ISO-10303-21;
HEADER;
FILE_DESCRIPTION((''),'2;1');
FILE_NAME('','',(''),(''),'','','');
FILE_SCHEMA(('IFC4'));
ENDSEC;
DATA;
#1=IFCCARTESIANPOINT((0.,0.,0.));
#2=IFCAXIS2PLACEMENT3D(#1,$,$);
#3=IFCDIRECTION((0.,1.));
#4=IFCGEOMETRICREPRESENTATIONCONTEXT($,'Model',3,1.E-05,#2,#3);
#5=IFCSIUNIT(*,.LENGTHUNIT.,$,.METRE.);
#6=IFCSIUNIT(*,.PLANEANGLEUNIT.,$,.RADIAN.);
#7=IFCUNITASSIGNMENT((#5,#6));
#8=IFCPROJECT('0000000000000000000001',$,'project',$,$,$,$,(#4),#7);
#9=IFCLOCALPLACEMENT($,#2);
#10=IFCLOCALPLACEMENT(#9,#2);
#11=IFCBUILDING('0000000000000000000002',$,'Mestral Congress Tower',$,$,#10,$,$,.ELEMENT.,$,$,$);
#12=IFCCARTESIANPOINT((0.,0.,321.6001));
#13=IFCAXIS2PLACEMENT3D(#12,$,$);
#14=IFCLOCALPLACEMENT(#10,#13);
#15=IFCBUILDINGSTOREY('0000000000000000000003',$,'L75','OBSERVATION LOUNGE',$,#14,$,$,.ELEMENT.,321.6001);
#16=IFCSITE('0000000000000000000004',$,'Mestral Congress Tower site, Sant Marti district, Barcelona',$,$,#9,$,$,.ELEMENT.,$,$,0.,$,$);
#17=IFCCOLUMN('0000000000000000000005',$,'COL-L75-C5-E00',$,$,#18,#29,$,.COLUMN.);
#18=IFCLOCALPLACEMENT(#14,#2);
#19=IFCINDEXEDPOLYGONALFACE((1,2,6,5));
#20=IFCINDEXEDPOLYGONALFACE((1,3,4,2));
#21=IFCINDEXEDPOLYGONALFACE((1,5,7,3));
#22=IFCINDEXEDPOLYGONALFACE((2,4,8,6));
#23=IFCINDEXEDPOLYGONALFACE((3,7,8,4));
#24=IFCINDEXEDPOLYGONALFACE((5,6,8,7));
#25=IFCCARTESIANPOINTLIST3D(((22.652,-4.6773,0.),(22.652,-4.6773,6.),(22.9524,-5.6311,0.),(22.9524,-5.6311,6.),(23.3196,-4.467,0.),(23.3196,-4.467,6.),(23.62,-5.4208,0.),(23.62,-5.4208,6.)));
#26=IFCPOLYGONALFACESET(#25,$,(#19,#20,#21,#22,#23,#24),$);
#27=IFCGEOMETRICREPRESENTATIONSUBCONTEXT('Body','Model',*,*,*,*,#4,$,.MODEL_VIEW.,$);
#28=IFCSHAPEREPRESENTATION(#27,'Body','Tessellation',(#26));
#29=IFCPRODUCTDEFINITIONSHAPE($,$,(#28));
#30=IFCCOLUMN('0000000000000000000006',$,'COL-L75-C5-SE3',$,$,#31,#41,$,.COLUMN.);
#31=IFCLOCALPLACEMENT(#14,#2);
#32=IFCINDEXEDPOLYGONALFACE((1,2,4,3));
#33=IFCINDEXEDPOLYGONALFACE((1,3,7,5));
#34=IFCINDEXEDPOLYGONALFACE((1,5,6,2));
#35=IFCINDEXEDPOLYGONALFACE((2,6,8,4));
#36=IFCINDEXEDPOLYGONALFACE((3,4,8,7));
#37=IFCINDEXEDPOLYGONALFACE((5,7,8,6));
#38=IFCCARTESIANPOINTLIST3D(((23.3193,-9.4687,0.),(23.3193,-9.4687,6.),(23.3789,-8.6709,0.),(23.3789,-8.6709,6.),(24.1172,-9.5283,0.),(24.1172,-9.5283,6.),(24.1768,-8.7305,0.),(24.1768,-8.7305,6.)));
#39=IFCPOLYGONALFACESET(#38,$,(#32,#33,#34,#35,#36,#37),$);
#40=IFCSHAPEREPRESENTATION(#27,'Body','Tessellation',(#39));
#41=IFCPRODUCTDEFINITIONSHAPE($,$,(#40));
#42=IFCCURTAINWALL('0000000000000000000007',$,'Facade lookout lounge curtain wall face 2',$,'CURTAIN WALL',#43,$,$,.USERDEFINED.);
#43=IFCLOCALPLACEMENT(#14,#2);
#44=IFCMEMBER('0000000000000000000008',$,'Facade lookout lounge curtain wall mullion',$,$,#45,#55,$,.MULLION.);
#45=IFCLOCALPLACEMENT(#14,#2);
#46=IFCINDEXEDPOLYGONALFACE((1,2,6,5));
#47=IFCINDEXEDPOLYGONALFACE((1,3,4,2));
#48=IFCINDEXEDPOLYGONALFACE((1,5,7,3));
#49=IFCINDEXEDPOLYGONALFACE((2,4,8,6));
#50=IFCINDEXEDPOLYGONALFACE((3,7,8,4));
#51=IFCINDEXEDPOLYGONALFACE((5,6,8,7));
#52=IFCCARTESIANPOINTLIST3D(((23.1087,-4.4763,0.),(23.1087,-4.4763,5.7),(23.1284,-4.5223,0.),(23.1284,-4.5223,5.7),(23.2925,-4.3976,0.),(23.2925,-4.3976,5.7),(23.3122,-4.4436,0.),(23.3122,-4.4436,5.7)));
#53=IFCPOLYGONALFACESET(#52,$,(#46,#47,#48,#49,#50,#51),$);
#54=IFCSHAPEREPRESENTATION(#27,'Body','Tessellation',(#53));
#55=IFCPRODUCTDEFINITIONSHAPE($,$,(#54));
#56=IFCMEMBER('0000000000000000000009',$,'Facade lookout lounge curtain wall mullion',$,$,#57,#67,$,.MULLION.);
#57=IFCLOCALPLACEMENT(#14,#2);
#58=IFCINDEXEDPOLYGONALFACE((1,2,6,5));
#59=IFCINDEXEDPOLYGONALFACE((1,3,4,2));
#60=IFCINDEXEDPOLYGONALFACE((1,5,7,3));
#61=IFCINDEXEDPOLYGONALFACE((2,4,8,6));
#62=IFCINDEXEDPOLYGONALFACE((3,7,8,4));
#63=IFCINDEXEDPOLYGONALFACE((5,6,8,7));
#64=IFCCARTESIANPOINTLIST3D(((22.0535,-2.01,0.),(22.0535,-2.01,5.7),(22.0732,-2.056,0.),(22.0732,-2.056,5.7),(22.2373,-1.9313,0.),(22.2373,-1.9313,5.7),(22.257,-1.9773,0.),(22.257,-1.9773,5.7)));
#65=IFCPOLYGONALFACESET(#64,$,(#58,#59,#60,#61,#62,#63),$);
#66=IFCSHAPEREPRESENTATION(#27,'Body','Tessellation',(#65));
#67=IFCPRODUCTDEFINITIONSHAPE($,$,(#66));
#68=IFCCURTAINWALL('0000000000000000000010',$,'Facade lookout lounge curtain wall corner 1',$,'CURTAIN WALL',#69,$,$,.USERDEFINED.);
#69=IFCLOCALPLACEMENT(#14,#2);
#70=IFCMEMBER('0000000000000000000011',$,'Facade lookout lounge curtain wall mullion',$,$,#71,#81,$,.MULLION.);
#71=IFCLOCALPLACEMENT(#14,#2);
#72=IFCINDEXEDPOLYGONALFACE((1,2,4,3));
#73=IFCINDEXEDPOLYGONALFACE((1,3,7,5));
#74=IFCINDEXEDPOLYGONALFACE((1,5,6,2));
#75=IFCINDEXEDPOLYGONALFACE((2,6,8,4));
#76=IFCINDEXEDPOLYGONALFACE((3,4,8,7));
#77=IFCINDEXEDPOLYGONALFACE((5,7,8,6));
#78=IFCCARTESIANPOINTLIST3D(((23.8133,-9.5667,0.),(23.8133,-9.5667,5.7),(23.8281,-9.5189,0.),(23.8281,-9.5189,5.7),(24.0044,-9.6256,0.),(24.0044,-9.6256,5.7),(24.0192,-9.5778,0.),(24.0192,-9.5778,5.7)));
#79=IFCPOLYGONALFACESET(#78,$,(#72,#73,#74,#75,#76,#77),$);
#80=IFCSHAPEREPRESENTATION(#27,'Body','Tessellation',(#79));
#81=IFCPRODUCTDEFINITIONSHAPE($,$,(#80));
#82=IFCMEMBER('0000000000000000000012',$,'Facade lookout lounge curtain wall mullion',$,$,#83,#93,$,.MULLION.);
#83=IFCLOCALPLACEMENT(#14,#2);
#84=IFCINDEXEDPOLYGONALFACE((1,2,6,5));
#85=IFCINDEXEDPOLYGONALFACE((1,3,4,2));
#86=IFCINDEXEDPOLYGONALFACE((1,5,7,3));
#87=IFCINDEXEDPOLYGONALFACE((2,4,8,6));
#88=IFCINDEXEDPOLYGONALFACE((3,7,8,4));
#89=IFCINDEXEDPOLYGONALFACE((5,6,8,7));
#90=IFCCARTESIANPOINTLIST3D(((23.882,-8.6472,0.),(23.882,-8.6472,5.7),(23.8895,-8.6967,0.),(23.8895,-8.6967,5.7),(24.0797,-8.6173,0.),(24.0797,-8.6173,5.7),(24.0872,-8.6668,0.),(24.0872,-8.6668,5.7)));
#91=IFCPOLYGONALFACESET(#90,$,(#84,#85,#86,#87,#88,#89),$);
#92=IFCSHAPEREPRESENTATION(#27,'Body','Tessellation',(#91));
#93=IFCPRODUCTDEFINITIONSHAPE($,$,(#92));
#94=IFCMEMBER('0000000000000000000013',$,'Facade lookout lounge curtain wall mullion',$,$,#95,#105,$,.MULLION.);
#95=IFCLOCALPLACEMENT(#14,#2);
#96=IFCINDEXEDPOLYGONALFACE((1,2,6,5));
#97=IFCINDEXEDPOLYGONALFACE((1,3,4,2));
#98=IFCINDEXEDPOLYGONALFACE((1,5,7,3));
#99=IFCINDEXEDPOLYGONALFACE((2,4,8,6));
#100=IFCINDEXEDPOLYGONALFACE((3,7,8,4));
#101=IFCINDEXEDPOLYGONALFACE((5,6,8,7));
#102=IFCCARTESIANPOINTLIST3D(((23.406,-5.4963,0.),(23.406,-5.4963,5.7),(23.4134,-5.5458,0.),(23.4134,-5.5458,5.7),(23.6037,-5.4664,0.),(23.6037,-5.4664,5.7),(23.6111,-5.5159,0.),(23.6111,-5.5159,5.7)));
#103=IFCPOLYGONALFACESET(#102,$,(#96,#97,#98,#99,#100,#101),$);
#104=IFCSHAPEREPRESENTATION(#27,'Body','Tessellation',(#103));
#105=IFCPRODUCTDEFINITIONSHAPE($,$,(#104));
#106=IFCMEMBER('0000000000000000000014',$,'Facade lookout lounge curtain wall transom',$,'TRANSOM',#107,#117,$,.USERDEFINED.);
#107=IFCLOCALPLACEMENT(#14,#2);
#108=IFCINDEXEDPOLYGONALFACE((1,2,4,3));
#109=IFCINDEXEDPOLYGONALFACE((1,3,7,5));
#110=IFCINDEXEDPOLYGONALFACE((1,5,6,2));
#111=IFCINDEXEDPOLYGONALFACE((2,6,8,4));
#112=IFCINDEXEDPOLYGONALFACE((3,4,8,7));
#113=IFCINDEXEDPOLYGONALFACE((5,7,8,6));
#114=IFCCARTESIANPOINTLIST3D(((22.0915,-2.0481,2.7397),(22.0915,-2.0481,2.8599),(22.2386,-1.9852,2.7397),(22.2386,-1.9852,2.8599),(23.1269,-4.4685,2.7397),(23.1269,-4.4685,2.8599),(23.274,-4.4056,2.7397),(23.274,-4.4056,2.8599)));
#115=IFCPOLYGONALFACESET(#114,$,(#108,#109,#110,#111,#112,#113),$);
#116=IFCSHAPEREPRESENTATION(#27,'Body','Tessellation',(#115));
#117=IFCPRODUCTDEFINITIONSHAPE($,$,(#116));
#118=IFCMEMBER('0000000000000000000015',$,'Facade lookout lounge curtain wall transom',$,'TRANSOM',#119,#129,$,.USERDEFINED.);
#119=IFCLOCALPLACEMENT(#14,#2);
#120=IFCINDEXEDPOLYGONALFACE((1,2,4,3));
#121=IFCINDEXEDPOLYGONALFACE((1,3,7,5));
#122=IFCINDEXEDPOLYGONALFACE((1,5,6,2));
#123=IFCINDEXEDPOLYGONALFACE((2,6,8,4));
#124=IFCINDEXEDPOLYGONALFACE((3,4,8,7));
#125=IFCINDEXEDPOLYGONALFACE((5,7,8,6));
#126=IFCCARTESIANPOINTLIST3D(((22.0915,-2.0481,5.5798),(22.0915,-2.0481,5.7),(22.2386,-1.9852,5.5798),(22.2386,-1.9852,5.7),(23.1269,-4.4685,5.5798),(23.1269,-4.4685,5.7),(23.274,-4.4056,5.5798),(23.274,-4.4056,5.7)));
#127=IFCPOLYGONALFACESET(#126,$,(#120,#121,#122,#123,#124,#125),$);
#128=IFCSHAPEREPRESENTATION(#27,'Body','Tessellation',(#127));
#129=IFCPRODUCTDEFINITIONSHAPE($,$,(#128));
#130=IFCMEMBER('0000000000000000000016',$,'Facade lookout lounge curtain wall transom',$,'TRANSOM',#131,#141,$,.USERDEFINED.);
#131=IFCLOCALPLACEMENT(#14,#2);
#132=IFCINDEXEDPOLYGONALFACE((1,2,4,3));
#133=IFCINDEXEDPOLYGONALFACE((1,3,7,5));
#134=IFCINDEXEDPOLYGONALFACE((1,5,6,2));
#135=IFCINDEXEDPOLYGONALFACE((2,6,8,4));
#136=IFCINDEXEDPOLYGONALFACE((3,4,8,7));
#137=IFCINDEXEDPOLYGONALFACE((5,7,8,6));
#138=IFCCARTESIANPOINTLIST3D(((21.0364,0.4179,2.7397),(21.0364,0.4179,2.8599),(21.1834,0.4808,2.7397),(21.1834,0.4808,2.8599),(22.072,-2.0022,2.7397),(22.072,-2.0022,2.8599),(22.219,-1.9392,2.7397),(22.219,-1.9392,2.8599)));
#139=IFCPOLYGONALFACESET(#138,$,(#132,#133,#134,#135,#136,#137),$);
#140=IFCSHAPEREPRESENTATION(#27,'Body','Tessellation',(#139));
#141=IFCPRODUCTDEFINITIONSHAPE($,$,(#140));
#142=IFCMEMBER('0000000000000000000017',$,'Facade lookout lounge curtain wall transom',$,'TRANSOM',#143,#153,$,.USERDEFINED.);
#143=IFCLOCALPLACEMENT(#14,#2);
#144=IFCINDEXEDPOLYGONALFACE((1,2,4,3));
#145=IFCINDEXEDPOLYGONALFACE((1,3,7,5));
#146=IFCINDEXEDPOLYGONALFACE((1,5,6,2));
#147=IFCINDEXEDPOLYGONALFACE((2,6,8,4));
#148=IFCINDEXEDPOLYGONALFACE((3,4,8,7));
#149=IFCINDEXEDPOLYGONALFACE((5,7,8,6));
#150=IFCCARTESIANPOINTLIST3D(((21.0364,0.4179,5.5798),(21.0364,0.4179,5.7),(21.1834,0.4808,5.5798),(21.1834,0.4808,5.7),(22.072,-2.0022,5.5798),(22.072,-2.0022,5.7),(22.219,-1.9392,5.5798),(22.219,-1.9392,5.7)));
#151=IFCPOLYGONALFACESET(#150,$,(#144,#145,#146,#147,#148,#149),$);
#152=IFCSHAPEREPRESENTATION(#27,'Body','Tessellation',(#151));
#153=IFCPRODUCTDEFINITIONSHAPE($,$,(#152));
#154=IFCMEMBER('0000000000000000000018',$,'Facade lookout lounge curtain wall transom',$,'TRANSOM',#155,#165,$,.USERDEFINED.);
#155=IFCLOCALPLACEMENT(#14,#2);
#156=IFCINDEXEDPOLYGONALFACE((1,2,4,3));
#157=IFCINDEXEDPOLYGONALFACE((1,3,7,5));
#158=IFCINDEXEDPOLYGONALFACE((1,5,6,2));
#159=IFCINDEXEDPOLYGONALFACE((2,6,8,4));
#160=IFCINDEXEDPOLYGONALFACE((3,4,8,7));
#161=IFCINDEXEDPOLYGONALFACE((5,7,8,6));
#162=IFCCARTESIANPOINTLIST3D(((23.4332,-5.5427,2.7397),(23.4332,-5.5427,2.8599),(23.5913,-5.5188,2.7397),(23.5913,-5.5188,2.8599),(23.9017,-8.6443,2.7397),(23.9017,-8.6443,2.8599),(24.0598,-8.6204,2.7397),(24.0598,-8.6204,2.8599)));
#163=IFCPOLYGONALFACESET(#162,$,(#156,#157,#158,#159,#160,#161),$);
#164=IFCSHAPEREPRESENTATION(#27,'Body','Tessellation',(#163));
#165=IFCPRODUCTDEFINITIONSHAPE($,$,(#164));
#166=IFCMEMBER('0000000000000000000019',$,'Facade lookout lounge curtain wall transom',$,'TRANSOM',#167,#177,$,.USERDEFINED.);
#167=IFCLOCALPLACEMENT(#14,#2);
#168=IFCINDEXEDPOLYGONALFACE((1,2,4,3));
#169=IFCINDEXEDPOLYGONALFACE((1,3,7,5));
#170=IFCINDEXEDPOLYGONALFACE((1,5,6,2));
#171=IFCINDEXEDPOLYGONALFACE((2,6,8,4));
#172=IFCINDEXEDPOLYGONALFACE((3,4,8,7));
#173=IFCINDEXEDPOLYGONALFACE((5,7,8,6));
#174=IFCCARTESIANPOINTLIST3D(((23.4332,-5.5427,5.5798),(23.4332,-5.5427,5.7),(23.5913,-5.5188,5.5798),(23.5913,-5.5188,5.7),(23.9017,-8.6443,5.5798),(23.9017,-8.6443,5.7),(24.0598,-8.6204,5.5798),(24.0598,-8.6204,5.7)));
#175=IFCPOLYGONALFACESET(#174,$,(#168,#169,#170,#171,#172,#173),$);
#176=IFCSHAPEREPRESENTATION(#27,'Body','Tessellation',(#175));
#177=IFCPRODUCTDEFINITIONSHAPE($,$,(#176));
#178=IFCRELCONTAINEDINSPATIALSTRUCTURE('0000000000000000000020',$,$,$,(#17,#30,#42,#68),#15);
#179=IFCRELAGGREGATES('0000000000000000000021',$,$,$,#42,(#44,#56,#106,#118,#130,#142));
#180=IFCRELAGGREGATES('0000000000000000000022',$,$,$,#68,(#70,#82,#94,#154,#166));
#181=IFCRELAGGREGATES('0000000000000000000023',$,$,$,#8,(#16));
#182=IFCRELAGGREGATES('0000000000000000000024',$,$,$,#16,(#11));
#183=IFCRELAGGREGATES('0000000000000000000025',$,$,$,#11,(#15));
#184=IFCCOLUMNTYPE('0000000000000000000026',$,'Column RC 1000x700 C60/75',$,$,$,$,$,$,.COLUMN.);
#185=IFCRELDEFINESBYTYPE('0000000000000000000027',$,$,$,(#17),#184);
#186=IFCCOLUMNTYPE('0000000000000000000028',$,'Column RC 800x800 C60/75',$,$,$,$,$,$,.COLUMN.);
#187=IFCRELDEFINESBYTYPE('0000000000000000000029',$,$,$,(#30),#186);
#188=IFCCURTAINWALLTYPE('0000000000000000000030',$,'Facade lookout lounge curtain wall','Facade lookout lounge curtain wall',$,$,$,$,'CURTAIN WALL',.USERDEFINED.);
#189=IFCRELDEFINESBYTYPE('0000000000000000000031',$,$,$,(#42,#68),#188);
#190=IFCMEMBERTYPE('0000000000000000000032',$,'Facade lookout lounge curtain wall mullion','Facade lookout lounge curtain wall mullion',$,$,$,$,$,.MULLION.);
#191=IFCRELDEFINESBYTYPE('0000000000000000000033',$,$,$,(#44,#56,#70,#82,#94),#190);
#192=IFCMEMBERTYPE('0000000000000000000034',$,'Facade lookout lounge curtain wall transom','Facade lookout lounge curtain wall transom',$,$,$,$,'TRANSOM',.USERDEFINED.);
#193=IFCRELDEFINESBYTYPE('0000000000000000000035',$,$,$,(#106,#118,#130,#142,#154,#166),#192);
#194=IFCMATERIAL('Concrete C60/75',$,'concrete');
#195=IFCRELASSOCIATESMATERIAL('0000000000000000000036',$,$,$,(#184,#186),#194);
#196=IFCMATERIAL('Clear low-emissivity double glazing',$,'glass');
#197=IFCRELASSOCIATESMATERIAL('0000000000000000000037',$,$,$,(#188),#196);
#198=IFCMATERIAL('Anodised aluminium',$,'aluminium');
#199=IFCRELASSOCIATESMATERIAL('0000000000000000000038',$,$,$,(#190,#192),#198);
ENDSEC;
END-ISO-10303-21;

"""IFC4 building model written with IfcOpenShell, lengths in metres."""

from ifc_helpers import new_model, si_unit, direction, frame, origin, origin_2d, place, context, subcontext, project, spatial, rectangle, extrude, material, material_profile, profile_set, type_object, element, aggregate, save


model = new_model("IFC4")

# Units and contexts
model_context = context("Model", 3, precision=1e-05, world=origin(), true_north=direction((0.0, 1.0)))
body_context = subcontext(model_context, "Body", "Model", "MODEL_VIEW")
ifc_project = project(units=[si_unit("LENGTHUNIT", "METRE"), si_unit("PLANEANGLEUNIT", "RADIAN")], contexts=[model_context])

# Site, building, storey
site_placement = place(None, origin())
site = spatial("IfcSite", under=ifc_project, at=site_placement, Name="Mestral Congress Tower site, Sant Marti district, Barcelona", CompositionType="ELEMENT", RefElevation=0.0)
building_placement = place(site_placement, origin())
building = spatial("IfcBuilding", under=site, at=building_placement, Name="Mestral Congress Tower", CompositionType="ELEMENT")
storey_placement = place(building_placement, frame((0.0, 0.0, 321.6001)))
storey = spatial("IfcBuildingStorey", under=building, at=storey_placement, Name="L75", Description="OBSERVATION LOUNGE", CompositionType="ELEMENT", Elevation=321.6001)

# Columns
ifc_material_1 = material(Name="Concrete C60/75", Category="concrete")
ifc_material_profile_1 = material_profile(ifc_material_1, rectangle(XDim=1.0, YDim=0.7, at=origin_2d()), Name="RC 1000x700")
ifc_profile_set_1 = profile_set([ifc_material_profile_1], Name="Concrete C60/75")
column_type_1 = type_object("IfcColumnType", Name="Column RC 1000x700 C60/75", PredefinedType="COLUMN", material=ifc_profile_set_1)
column_1_placement = place(storey_placement, frame((23.136, -5.0491, 0.0), z_axis=(0.0, 0.0, 1.0), x_axis=(-0.300431, 0.953804, 0.0)))
element("IfcColumn", 1, at=column_1_placement, inside=storey, type_object=column_type_1, Name="COL-L75-C5-E00", PredefinedType="COLUMN", context=body_context, shape_type="SweptSolid", body=[
    extrude(rectangle(XDim=1.0, YDim=0.7, at=origin_2d()), origin(), (0.0, 0.0, 1.0), 6.0),
])
ifc_material_profile_2 = material_profile(ifc_material_1, rectangle(XDim=0.8, YDim=0.8, at=origin_2d()), Name="RC 800x800")
ifc_profile_set_2 = profile_set([ifc_material_profile_2], Name="Concrete C60/75")
column_type_2 = type_object("IfcColumnType", Name="Column RC 800x800 C60/75", PredefinedType="COLUMN", material=ifc_profile_set_2)
column_2_placement = place(storey_placement, frame((23.748, -9.0996, 0.0), z_axis=(0.0, 0.0, 1.0), x_axis=(0.074511, 0.99722, 0.0)))
element("IfcColumn", 2, at=column_2_placement, inside=storey, type_object=column_type_2, Name="COL-L75-C5-SE3", PredefinedType="COLUMN", context=body_context, shape_type="SweptSolid", body=[
    extrude(rectangle(XDim=0.8, YDim=0.8, at=origin_2d()), origin(), (0.0, 0.0, 1.0), 6.0),
])

# Curtain walls, members
ifc_material_2 = material(Name="Clear low-emissivity double glazing", Category="glass")
curtain_wall_type = type_object("IfcCurtainWallType", Name="Facade lookout lounge curtain wall", Description="Facade lookout lounge curtain wall", ElementType="CURTAIN WALL", PredefinedType="USERDEFINED", material=ifc_material_2)
placement = place(storey_placement, origin())
curtain_wall_1 = element("IfcCurtainWall", 3, at=placement, inside=storey, type_object=curtain_wall_type, Name="Facade lookout lounge curtain wall face 2", ObjectType="CURTAIN WALL", PredefinedType="USERDEFINED")
ifc_material_3 = material(Name="Anodised aluminium", Category="aluminium")
ifc_material_profile_3 = material_profile(ifc_material_3, rectangle(XDim=0.2, YDim=0.05, at=origin_2d()), Name="CW2 mullion 200 x 50")
ifc_profile_set_3 = profile_set([ifc_material_profile_3], Name="Anodised aluminium")
member_type_1 = type_object("IfcMemberType", Name="Facade lookout lounge curtain wall mullion", Description="Facade lookout lounge curtain wall mullion", PredefinedType="MULLION", material=ifc_profile_set_3)
member_1_placement = place(storey_placement, frame((23.2104, -4.46, 0.0), z_axis=(0.0, 0.0, 1.0), x_axis=(0.919386, 0.393356, 0.0)))
member_1 = element("IfcMember", 4, at=member_1_placement, type_object=member_type_1, Name="Facade lookout lounge curtain wall mullion", PredefinedType="MULLION", context=body_context, shape_type="SweptSolid", body=[
    extrude(rectangle(XDim=0.2, YDim=0.05, at=origin_2d()), origin(), (0.0, 0.0, 1.0), 5.7),
])
member_2_placement = place(storey_placement, frame((22.1553, -1.9937, 0.0), z_axis=(0.0, 0.0, 1.0), x_axis=(0.919386, 0.393356, 0.0)))
member_2 = element("IfcMember", 5, at=member_2_placement, type_object=member_type_1, Name="Facade lookout lounge curtain wall mullion", PredefinedType="MULLION", context=body_context, shape_type="SweptSolid", body=[
    extrude(rectangle(XDim=0.2, YDim=0.05, at=origin_2d()), origin(), (0.0, 0.0, 1.0), 5.7),
])
curtain_wall_2 = element("IfcCurtainWall", 6, at=placement, inside=storey, type_object=curtain_wall_type, Name="Facade lookout lounge curtain wall corner 1", ObjectType="CURTAIN WALL", PredefinedType="USERDEFINED")
member_3_placement = place(storey_placement, frame((23.9163, -9.5723, 0.0), z_axis=(0.0, 0.0, 1.0), x_axis=(0.955602, -0.294661, 0.0)))
member_3 = element("IfcMember", 7, at=member_3_placement, type_object=member_type_1, Name="Facade lookout lounge curtain wall mullion", PredefinedType="MULLION", context=body_context, shape_type="SweptSolid", body=[
    extrude(rectangle(XDim=0.2, YDim=0.05, at=origin_2d()), origin(), (0.0, 0.0, 1.0), 5.7),
])
member_4_placement = place(storey_placement, frame((23.9846, -8.657, 0.0), z_axis=(0.0, 0.0, 1.0), x_axis=(0.988782, 0.149366, 0.0)))
member_4 = element("IfcMember", 8, at=member_4_placement, type_object=member_type_1, Name="Facade lookout lounge curtain wall mullion", PredefinedType="MULLION", context=body_context, shape_type="SweptSolid", body=[
    extrude(rectangle(XDim=0.2, YDim=0.05, at=origin_2d()), origin(), (0.0, 0.0, 1.0), 5.7),
])
member_5_placement = place(storey_placement, frame((23.5085, -5.5061, 0.0), z_axis=(0.0, 0.0, 1.0), x_axis=(0.988782, 0.149366, 0.0)))
member_5 = element("IfcMember", 9, at=member_5_placement, type_object=member_type_1, Name="Facade lookout lounge curtain wall mullion", PredefinedType="MULLION", context=body_context, shape_type="SweptSolid", body=[
    extrude(rectangle(XDim=0.2, YDim=0.05, at=origin_2d()), origin(), (0.0, 0.0, 1.0), 5.7),
])

# Members
ifc_material_profile_4 = material_profile(ifc_material_3, rectangle(XDim=0.1599, YDim=0.1201, at=origin_2d()), Name="CW2 transom 160 x 120")
ifc_profile_set_4 = profile_set([ifc_material_profile_4], Name="Anodised aluminium")
member_type_2 = type_object("IfcMemberType", Name="Facade lookout lounge curtain wall transom", Description="Facade lookout lounge curtain wall transom", ElementType="TRANSOM", PredefinedType="USERDEFINED", material=ifc_profile_set_4)
member_6_placement = place(storey_placement, frame((23.2004, -4.437, 2.7998), z_axis=(-0.393304, 0.919409, 0.0), x_axis=(-0.919409, -0.393304, 0.0)))
member_6 = element("IfcMember", 10, at=member_6_placement, type_object=member_type_2, Name="Facade lookout lounge curtain wall transom", ObjectType="TRANSOM", PredefinedType="USERDEFINED", context=body_context, shape_type="SweptSolid", body=[
    extrude(rectangle(XDim=0.1599, YDim=0.1201, at=origin_2d()), origin(), (0.0, 0.0, 1.0), 2.6326),
])
member_7_placement = place(storey_placement, frame((23.2004, -4.437, 5.6399), z_axis=(-0.393304, 0.919409, 0.0), x_axis=(-0.919409, -0.393304, 0.0)))
member_7 = element("IfcMember", 11, at=member_7_placement, type_object=member_type_2, Name="Facade lookout lounge curtain wall transom", ObjectType="TRANSOM", PredefinedType="USERDEFINED", context=body_context, shape_type="SweptSolid", body=[
    extrude(rectangle(XDim=0.1599, YDim=0.1201, at=origin_2d()), origin(), (0.0, 0.0, 1.0), 2.6326),
])
member_8_placement = place(storey_placement, frame((22.1455, -1.9707, 2.7998), z_axis=(-0.393416, 0.919361, 0.0), x_axis=(-0.919361, -0.393416, 0.0)))
member_8 = element("IfcMember", 12, at=member_8_placement, type_object=member_type_2, Name="Facade lookout lounge curtain wall transom", ObjectType="TRANSOM", PredefinedType="USERDEFINED", context=body_context, shape_type="SweptSolid", body=[
    extrude(rectangle(XDim=0.1599, YDim=0.1201, at=origin_2d()), origin(), (0.0, 0.0, 1.0), 2.6323),
])
member_9_placement = place(storey_placement, frame((22.1455, -1.9707, 5.6399), z_axis=(-0.393416, 0.919361, 0.0), x_axis=(-0.919361, -0.393416, 0.0)))
member_9 = element("IfcMember", 13, at=member_9_placement, type_object=member_type_2, Name="Facade lookout lounge curtain wall transom", ObjectType="TRANSOM", PredefinedType="USERDEFINED", context=body_context, shape_type="SweptSolid", body=[
    extrude(rectangle(XDim=0.1599, YDim=0.1201, at=origin_2d()), origin(), (0.0, 0.0, 1.0), 2.6323),
])
member_10_placement = place(storey_placement, frame((23.9807, -8.6323, 2.7998), z_axis=(-0.14936, 0.988783, 0.0), x_axis=(-0.988783, -0.14936, 0.0)))
member_10 = element("IfcMember", 14, at=member_10_placement, type_object=member_type_2, Name="Facade lookout lounge curtain wall transom", ObjectType="TRANSOM", PredefinedType="USERDEFINED", context=body_context, shape_type="SweptSolid", body=[
    extrude(rectangle(XDim=0.1599, YDim=0.1201, at=origin_2d()), origin(), (0.0, 0.0, 1.0), 3.1367),
])
member_11_placement = place(storey_placement, frame((23.9807, -8.6323, 5.6399), z_axis=(-0.14936, 0.988783, 0.0), x_axis=(-0.988783, -0.14936, 0.0)))
member_11 = element("IfcMember", 15, at=member_11_placement, type_object=member_type_2, Name="Facade lookout lounge curtain wall transom", ObjectType="TRANSOM", PredefinedType="USERDEFINED", context=body_context, shape_type="SweptSolid", body=[
    extrude(rectangle(XDim=0.1599, YDim=0.1201, at=origin_2d()), origin(), (0.0, 0.0, 1.0), 3.1367),
])

aggregate(curtain_wall_1, [member_1, member_2, member_6, member_7, member_8, member_9])
aggregate(curtain_wall_2, [member_3, member_4, member_5, member_10, member_11])

save(model, "model.ifc")
